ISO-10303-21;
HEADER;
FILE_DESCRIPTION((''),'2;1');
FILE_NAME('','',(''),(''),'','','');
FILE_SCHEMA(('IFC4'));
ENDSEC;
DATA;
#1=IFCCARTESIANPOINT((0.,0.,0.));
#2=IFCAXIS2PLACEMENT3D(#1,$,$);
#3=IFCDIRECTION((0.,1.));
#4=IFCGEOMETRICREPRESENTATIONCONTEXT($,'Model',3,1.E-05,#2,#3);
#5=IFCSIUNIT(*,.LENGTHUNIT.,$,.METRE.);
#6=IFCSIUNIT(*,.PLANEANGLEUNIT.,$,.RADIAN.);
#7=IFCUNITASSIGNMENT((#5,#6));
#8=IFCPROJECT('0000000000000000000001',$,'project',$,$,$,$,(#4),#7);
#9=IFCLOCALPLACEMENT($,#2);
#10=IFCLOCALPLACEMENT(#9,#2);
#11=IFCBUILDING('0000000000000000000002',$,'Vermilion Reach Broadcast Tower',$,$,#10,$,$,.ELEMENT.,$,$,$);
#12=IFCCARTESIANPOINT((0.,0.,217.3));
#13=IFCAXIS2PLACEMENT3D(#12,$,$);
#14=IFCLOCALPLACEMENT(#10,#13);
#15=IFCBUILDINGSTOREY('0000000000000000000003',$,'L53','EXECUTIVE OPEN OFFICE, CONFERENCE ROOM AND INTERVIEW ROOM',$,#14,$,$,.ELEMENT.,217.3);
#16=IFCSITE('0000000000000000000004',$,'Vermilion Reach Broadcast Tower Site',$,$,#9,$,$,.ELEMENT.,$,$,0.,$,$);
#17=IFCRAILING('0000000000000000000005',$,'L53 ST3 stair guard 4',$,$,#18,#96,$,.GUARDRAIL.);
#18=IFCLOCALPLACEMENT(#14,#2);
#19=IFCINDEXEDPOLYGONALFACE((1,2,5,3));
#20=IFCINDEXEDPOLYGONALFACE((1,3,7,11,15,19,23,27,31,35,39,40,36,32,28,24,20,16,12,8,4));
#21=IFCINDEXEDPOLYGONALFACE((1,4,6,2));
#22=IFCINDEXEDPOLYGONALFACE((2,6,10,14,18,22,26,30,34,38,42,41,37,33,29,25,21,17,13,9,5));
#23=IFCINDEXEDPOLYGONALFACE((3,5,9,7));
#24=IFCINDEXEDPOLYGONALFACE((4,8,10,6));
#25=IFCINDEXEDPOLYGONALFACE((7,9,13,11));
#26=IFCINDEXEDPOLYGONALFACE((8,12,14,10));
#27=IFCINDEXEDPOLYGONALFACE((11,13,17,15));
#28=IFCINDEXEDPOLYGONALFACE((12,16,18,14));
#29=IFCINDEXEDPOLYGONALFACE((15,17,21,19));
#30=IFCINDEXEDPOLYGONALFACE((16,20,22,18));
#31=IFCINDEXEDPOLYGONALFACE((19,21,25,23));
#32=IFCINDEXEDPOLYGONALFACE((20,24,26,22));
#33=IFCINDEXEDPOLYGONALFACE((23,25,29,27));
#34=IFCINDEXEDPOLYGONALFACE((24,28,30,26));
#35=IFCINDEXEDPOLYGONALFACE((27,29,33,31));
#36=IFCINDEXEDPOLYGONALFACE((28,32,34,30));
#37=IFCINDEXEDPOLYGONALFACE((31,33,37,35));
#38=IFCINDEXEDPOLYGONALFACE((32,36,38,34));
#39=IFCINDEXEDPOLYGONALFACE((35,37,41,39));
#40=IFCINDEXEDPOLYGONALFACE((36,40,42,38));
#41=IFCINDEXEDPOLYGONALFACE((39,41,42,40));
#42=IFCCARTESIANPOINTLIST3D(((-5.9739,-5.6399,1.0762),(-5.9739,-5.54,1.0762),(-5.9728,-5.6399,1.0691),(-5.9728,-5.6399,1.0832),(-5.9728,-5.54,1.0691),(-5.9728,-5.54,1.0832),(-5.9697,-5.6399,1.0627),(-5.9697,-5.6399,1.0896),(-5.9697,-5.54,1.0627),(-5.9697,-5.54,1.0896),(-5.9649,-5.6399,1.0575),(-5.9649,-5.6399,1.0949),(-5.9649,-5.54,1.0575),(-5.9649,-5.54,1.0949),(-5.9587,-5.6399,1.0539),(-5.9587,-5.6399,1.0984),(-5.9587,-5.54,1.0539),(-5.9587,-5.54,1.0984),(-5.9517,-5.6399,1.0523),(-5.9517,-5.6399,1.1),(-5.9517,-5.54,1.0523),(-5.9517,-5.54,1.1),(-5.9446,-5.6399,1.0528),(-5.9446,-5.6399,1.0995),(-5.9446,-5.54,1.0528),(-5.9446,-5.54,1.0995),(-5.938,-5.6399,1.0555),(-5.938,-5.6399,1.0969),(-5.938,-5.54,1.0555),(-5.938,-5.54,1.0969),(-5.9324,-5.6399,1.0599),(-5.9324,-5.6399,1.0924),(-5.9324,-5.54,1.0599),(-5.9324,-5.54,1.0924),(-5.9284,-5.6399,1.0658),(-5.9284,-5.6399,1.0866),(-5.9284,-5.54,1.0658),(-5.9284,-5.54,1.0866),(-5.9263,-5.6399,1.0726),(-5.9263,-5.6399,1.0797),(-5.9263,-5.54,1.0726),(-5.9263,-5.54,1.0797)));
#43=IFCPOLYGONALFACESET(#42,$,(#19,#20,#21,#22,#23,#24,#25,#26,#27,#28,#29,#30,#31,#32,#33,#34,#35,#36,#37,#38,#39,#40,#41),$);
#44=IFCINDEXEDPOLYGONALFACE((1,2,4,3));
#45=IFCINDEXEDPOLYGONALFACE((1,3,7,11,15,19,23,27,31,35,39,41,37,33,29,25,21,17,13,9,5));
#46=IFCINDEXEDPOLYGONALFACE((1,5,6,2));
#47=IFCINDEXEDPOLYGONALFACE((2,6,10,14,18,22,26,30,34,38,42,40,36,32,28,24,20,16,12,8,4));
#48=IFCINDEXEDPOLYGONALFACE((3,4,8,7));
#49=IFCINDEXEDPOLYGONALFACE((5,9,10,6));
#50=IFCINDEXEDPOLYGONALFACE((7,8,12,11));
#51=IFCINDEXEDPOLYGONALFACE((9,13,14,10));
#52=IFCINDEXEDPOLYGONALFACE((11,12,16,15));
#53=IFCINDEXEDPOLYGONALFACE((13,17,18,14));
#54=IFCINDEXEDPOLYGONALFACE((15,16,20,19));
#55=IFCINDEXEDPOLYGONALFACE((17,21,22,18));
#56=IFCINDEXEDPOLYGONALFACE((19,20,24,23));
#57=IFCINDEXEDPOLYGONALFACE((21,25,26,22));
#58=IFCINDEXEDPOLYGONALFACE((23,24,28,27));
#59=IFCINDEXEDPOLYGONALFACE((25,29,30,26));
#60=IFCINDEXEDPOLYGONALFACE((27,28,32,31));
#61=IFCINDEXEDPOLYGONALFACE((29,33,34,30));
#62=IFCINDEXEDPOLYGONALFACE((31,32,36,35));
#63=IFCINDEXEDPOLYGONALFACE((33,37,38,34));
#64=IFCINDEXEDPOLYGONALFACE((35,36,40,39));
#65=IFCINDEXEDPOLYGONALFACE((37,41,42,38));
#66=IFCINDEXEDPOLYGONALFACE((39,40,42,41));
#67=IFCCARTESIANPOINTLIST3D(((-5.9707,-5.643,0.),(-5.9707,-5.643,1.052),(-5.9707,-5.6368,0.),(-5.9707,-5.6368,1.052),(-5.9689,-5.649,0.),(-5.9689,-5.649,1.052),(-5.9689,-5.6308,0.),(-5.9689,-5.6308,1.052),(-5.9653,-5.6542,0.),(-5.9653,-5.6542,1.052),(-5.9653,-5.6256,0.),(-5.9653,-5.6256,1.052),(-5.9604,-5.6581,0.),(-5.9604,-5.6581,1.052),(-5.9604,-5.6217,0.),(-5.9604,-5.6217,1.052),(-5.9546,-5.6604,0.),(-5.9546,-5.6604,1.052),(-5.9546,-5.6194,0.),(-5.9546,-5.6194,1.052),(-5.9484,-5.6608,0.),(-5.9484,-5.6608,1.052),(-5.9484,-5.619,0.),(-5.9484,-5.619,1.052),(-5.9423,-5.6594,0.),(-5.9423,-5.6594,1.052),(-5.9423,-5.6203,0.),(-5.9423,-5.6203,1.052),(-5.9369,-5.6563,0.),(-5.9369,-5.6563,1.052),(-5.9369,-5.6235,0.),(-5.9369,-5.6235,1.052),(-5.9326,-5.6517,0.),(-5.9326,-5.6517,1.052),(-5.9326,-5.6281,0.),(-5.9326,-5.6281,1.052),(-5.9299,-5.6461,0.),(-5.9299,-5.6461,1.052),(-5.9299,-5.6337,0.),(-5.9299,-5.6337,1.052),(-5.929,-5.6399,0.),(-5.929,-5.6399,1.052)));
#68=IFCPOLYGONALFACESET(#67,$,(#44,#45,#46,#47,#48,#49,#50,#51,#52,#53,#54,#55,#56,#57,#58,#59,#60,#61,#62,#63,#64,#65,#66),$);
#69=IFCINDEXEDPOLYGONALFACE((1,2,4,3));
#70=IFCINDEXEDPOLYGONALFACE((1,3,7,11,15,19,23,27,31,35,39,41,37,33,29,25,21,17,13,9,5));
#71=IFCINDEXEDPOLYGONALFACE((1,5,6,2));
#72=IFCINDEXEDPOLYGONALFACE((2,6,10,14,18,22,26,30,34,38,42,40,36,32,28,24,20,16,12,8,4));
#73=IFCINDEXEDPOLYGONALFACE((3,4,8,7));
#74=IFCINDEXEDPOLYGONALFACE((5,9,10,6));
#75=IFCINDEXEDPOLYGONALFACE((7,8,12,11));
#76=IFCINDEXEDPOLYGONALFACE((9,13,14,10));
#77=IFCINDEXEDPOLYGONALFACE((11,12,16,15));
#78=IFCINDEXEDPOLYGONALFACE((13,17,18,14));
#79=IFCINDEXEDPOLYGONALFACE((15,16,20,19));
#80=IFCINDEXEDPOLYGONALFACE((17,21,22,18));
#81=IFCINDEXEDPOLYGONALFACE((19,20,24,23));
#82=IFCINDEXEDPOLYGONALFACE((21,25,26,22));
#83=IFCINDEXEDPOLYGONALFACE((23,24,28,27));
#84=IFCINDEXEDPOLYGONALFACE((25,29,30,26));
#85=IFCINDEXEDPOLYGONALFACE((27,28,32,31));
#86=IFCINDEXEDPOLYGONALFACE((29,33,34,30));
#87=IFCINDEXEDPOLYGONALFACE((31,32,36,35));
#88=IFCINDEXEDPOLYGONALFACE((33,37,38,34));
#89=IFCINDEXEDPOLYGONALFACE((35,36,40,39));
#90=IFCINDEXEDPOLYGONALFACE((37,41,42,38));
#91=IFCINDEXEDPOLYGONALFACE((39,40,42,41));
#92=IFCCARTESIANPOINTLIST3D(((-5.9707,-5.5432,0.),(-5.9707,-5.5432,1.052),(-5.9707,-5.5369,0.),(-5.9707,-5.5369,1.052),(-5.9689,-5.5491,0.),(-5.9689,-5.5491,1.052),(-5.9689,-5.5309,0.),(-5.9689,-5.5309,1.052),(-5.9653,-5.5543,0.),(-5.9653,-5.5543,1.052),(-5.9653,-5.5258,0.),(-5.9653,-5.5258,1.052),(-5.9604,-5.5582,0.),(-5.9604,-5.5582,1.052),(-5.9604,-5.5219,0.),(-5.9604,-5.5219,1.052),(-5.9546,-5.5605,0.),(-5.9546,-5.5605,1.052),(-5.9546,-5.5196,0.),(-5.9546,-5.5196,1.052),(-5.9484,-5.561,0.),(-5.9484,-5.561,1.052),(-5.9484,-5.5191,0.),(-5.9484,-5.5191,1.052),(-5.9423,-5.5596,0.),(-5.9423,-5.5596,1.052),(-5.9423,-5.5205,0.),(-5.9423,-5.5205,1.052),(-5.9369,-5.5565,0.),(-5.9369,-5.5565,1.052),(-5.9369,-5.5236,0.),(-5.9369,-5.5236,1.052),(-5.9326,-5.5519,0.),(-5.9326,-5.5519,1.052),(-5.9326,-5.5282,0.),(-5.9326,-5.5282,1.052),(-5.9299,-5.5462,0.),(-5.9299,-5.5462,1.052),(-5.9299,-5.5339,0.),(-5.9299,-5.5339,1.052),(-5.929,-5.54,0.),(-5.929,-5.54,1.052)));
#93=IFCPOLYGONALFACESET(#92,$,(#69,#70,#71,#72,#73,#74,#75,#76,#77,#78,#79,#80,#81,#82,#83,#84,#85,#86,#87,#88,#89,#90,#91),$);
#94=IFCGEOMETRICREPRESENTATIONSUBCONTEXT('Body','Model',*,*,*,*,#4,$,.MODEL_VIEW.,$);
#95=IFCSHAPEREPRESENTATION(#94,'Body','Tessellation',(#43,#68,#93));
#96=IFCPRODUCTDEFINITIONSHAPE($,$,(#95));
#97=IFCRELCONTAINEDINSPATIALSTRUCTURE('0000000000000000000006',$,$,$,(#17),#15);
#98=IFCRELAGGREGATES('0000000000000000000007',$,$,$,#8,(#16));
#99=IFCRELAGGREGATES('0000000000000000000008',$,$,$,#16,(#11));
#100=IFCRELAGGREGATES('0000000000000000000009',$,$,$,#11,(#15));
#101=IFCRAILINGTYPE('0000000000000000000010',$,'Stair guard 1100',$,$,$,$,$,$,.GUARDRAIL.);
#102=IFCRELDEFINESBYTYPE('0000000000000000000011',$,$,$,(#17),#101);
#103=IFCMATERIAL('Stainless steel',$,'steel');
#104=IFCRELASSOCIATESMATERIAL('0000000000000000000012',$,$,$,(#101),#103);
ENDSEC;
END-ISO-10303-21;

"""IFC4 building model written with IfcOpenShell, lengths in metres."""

from ifc_helpers import new_model, si_unit, direction, frame, origin, origin_2d, place, context, subcontext, project, spatial, circle, extrude, material, type_object, element, save


model = new_model("IFC4")

# Units and contexts
model_context = context("Model", 3, precision=1e-05, world=origin(), true_north=direction((0.0, 1.0)))
body_context = subcontext(model_context, "Body", "Model", "MODEL_VIEW")
ifc_project = project(units=[si_unit("LENGTHUNIT", "METRE"), si_unit("PLANEANGLEUNIT", "RADIAN")], contexts=[model_context])

# Site, building, storey
site_placement = place(None, origin())
site = spatial("IfcSite", under=ifc_project, at=site_placement, Name="Vermilion Reach Broadcast Tower Site", CompositionType="ELEMENT", RefElevation=0.0)
building_placement = place(site_placement, origin())
building = spatial("IfcBuilding", under=site, at=building_placement, Name="Vermilion Reach Broadcast Tower", CompositionType="ELEMENT")
storey_placement = place(building_placement, frame((0.0, 0.0, 217.3)))
storey = spatial("IfcBuildingStorey", under=building, at=storey_placement, Name="L53", Description="EXECUTIVE OPEN OFFICE, CONFERENCE ROOM AND INTERVIEW ROOM", CompositionType="ELEMENT", Elevation=217.3)

# Railing
ifc_material_1 = material(Name="Stainless steel", Category="steel")
railing_type_1 = type_object("IfcRailingType", Name="Stair guard 1100", PredefinedType="GUARDRAIL", material=ifc_material_1)
railing_1_placement = place(storey_placement, frame((-5.95, -5.6399, 0.0)))
element("IfcRailing", 1, at=railing_1_placement, inside=storey, type_object=railing_type_1, Name="L53 ST3 stair guard 4", PredefinedType="GUARDRAIL", context=body_context, shape_type="SweptSolid", body=[
    extrude(circle(Radius=0.0239, at=origin_2d()), frame((0.0, 0.0, 1.0762), z_axis=(0.0, 1.0, 0.0), x_axis=(-1.0, 0.0, 0.0)), (0.0, 0.0, 1.0), 0.0999),
    extrude(circle(Radius=0.021, at=origin_2d()), origin(), (0.0, 0.0, 1.0), 1.052),
    extrude(circle(Radius=0.021, at=origin_2d()), frame((0.0, 0.0999, 0.0)), (0.0, 0.0, 1.0), 1.052),
])

save(model, "model.ifc")
